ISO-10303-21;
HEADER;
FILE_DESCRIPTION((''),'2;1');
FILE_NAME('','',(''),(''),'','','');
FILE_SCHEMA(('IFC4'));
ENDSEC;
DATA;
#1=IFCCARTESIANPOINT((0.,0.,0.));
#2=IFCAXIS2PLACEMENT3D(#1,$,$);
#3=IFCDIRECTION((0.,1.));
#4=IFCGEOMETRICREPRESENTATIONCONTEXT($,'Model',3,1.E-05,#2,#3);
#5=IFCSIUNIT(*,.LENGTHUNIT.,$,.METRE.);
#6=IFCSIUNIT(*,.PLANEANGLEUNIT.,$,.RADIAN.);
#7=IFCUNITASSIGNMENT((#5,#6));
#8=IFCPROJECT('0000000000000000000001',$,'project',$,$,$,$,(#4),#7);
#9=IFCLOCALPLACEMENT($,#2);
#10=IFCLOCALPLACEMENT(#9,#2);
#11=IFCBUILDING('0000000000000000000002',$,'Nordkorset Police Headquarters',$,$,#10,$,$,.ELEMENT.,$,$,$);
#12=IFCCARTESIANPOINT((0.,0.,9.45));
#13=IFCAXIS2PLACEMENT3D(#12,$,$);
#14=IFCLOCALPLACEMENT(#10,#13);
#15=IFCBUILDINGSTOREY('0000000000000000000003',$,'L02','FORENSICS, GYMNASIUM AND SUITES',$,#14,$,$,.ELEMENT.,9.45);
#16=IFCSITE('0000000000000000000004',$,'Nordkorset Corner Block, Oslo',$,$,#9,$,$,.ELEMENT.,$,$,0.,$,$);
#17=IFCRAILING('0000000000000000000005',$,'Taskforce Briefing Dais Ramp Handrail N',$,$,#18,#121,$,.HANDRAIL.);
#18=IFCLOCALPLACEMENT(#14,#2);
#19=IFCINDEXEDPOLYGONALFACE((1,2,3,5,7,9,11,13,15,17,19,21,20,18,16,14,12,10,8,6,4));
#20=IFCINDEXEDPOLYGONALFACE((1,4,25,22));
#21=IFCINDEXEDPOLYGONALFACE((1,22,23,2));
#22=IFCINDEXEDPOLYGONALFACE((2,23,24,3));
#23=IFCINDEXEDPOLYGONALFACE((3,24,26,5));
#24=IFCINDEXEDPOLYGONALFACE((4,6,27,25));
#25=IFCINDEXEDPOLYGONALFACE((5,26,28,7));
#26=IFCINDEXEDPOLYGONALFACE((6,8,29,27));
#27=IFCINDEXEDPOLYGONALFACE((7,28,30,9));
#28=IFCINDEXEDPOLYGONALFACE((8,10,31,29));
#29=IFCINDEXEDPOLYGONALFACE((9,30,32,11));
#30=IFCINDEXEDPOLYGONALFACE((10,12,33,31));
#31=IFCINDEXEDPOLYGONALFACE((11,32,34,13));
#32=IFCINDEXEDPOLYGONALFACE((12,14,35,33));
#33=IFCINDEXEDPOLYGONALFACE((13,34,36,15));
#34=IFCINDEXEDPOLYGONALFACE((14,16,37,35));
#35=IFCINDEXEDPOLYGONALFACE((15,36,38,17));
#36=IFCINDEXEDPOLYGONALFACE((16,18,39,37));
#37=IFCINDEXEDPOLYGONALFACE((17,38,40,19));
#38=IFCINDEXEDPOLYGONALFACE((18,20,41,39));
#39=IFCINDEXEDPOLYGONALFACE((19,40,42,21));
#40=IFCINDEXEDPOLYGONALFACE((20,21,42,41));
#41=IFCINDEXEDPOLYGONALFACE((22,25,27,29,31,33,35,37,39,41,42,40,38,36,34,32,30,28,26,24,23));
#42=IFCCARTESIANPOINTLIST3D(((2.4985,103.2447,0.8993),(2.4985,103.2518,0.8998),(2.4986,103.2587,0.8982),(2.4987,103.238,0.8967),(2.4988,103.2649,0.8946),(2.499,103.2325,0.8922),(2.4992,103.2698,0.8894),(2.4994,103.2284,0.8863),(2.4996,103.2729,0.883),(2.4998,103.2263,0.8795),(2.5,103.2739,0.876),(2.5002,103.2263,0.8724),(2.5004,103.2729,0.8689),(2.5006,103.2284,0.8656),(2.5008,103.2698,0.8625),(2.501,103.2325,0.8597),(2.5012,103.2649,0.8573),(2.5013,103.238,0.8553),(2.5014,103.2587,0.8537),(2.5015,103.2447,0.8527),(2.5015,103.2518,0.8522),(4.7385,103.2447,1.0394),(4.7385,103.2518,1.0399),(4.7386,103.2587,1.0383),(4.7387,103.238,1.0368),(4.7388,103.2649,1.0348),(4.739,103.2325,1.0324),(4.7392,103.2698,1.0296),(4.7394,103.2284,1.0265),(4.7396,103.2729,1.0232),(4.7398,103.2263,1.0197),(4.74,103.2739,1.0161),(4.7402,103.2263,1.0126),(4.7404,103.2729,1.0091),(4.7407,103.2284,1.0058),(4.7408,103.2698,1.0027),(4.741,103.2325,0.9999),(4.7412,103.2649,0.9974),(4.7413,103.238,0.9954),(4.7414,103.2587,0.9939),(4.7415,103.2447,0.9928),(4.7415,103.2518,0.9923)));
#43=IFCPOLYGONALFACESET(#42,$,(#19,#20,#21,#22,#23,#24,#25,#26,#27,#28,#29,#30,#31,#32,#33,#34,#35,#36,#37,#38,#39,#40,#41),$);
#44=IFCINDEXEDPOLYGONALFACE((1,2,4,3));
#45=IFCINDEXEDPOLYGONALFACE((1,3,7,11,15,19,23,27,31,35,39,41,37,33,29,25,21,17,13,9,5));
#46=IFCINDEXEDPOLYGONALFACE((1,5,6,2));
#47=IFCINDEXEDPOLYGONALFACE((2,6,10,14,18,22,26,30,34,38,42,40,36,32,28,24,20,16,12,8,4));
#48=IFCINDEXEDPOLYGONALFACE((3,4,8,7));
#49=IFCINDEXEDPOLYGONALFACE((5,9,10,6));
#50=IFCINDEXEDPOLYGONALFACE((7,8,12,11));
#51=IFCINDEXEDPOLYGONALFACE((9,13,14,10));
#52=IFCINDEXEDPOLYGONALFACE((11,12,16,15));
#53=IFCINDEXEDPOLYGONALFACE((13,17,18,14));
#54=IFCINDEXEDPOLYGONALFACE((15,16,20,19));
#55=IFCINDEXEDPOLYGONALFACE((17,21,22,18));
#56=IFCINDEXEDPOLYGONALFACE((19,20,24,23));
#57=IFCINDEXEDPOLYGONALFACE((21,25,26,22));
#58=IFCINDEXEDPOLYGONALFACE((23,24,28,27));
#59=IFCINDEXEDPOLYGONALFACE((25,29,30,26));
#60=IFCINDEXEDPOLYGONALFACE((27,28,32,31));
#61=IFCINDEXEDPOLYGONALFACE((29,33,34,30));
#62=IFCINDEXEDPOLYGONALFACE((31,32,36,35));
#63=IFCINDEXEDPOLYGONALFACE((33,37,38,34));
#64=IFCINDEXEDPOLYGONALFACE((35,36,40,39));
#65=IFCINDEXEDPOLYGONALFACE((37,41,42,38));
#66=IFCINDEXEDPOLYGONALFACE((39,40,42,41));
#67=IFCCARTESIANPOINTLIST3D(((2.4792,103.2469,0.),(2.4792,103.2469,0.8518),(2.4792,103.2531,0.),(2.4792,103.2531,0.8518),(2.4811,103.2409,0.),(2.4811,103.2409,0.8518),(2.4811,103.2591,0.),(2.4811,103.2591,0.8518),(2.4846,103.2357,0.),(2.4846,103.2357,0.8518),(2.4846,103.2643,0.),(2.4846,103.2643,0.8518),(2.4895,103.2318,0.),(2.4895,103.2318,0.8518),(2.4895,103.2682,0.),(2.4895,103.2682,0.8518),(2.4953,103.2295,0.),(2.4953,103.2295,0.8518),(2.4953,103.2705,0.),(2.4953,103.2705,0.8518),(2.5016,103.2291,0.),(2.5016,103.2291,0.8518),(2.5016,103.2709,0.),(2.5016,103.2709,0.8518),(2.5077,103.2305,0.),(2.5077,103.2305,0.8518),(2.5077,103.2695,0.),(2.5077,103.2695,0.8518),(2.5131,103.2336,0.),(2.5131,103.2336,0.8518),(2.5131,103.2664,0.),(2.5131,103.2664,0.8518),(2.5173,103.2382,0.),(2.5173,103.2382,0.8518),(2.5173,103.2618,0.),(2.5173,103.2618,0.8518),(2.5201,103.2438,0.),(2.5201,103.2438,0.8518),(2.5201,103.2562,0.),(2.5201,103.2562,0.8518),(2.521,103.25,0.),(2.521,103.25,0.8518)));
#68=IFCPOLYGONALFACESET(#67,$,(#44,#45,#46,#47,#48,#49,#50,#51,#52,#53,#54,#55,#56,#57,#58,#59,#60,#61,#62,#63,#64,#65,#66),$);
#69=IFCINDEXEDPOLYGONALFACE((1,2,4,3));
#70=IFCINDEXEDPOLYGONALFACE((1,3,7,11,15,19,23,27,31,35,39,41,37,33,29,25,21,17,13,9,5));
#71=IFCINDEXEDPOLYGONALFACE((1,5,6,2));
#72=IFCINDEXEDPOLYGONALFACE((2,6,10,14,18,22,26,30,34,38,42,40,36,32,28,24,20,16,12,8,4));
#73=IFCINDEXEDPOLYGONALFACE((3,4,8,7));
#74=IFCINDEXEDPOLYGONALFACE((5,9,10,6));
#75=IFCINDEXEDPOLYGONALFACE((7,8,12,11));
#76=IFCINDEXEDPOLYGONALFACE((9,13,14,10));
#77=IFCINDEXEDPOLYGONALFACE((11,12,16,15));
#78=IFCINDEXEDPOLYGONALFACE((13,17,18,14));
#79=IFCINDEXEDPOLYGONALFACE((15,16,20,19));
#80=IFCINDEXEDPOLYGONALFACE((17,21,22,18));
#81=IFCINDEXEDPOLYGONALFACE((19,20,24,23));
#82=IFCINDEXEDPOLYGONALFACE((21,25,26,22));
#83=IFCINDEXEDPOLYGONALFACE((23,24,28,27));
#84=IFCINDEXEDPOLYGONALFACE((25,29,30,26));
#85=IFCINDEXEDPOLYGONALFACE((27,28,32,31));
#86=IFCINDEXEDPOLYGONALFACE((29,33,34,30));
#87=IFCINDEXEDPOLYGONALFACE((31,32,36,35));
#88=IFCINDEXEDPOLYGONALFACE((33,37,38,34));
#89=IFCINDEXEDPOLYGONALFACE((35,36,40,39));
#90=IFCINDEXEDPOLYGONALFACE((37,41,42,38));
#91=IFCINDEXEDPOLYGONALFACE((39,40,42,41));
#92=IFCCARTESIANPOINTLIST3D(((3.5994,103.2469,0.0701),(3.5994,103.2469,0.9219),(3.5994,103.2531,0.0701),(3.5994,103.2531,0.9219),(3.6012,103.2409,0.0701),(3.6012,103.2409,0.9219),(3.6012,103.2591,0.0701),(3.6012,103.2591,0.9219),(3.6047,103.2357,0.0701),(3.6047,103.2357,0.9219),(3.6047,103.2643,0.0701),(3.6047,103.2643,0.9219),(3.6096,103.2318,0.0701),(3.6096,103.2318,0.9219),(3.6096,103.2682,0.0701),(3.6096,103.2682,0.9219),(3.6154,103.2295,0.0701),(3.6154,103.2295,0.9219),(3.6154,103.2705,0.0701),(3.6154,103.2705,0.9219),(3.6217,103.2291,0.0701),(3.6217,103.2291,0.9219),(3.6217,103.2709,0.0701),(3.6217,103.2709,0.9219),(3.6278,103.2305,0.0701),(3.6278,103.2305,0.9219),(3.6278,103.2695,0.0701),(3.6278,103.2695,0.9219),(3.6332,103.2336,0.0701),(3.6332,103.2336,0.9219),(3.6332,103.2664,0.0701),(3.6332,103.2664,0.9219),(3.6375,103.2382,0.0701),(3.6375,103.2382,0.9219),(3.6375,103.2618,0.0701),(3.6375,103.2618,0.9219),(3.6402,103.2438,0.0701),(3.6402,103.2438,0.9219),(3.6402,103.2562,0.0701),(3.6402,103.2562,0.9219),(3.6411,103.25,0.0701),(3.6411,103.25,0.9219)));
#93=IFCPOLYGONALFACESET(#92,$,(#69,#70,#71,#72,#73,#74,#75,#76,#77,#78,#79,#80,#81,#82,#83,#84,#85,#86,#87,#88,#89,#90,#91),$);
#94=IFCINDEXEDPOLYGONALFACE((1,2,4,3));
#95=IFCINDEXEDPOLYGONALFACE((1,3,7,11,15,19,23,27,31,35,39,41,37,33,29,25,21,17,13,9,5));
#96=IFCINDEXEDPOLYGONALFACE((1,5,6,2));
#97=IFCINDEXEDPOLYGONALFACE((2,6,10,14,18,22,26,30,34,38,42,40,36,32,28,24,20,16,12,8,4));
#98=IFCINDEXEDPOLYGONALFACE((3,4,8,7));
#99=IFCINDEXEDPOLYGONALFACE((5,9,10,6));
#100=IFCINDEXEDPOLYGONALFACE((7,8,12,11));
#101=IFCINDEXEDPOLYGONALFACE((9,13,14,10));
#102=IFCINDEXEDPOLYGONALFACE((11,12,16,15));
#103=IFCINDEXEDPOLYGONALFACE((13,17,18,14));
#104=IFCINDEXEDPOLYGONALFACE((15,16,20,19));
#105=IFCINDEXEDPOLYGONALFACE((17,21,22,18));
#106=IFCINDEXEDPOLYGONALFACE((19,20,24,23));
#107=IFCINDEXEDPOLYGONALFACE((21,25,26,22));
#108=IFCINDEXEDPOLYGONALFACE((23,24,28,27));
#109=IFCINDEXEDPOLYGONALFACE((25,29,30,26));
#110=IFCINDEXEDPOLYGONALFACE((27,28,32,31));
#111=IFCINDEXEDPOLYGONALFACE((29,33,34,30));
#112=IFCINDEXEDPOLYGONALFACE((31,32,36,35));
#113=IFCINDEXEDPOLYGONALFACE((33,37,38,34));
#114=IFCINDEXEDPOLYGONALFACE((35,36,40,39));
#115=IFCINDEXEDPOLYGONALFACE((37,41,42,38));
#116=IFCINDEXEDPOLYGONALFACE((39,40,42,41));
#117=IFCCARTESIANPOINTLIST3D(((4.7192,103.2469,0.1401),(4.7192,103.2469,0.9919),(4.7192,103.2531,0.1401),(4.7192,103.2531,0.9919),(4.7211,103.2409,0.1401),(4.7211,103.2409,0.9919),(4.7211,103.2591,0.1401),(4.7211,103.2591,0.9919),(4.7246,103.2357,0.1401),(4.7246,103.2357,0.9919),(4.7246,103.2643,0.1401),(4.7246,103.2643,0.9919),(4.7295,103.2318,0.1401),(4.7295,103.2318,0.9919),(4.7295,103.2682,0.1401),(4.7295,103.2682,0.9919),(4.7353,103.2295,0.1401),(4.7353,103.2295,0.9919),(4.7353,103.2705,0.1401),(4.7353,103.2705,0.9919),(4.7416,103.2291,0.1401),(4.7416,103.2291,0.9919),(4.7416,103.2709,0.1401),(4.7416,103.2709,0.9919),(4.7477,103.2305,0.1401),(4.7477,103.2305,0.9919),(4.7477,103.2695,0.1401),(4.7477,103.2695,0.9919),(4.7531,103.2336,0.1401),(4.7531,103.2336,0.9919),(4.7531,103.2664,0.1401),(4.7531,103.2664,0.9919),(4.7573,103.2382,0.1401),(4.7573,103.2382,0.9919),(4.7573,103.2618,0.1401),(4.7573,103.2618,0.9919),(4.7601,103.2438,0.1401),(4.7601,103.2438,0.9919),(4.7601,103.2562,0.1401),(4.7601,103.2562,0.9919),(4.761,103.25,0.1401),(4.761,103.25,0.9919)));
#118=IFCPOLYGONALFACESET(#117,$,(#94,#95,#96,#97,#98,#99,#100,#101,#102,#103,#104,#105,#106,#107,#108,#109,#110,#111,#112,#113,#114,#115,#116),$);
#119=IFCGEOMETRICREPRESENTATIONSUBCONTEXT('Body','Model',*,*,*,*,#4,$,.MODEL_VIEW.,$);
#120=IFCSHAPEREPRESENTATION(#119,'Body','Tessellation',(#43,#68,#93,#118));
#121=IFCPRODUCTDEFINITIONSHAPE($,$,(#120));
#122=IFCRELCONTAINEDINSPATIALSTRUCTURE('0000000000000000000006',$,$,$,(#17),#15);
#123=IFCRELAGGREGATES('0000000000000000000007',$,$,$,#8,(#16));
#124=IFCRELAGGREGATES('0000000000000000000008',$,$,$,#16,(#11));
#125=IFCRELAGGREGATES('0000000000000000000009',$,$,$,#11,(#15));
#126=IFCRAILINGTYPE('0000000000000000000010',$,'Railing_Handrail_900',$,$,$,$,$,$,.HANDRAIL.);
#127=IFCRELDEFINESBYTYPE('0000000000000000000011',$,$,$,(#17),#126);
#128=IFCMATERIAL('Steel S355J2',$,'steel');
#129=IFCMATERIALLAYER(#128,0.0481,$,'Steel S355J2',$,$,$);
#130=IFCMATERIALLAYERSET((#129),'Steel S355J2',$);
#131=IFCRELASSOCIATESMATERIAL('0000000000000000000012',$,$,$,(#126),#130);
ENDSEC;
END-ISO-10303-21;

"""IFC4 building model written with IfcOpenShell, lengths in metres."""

from ifc_helpers import new_model, si_unit, direction, frame, origin, origin_2d, place, context, subcontext, project, spatial, circle, extrude, material, layer, layer_set, type_object, element, save


model = new_model("IFC4")

# Units and contexts
model_context = context("Model", 3, precision=1e-05, world=origin(), true_north=direction((0.0, 1.0)))
body_context = subcontext(model_context, "Body", "Model", "MODEL_VIEW")
ifc_project = project(units=[si_unit("LENGTHUNIT", "METRE"), si_unit("PLANEANGLEUNIT", "RADIAN")], contexts=[model_context])

# Site, building, storey
site_placement = place(None, origin())
site = spatial("IfcSite", under=ifc_project, at=site_placement, Name="Nordkorset Corner Block, Oslo", CompositionType="ELEMENT", RefElevation=0.0)
building_placement = place(site_placement, origin())
building = spatial("IfcBuilding", under=site, at=building_placement, Name="Nordkorset Police Headquarters", CompositionType="ELEMENT")
storey_placement = place(building_placement, frame((0.0, 0.0, 9.45)))
storey = spatial("IfcBuildingStorey", under=building, at=storey_placement, Name="L02", Description="FORENSICS, GYMNASIUM AND SUITES", CompositionType="ELEMENT", Elevation=9.45)

# Railing
ifc_material_1 = material(Name="Steel S355J2", Category="steel")
ifc_layer_1 = layer(ifc_material_1, 0.0481, Name="Steel S355J2")
ifc_layer_set_1 = layer_set([ifc_layer_1], Name="Steel S355J2")
railing_type = type_object("IfcRailingType", Name="Railing_Handrail_900", PredefinedType="HANDRAIL", material=ifc_layer_set_1)
for number, where, name in (
    (1, (2.5, 103.25, 0.0), "Taskforce Briefing Dais Ramp Handrail N"),
):
    element("IfcRailing", number, at=place(storey_placement, frame(where)), inside=storey, type_object=railing_type, Name=name, PredefinedType="HANDRAIL", context=body_context, shape_type="SweptSolid", body=[
        extrude(circle(Radius=0.0239, at=origin_2d()), frame((0.0, 0.0, 0.876), z_axis=(0.998049, 0.0, 0.062439), x_axis=(0.0, 1.0, 0.0)), (0.0, 0.0, 1.0), 2.2444),
        extrude(circle(Radius=0.021, at=origin_2d()), origin(), (0.0, 0.0, 1.0), 0.8518),
        extrude(circle(Radius=0.021, at=origin_2d()), frame((1.1201, 0.0, 0.0701)), (0.0, 0.0, 1.0), 0.8518),
        extrude(circle(Radius=0.021, at=origin_2d()), frame((2.24, 0.0, 0.1401)), (0.0, 0.0, 1.0), 0.8518),
    ])

save(model, "model.ifc")
